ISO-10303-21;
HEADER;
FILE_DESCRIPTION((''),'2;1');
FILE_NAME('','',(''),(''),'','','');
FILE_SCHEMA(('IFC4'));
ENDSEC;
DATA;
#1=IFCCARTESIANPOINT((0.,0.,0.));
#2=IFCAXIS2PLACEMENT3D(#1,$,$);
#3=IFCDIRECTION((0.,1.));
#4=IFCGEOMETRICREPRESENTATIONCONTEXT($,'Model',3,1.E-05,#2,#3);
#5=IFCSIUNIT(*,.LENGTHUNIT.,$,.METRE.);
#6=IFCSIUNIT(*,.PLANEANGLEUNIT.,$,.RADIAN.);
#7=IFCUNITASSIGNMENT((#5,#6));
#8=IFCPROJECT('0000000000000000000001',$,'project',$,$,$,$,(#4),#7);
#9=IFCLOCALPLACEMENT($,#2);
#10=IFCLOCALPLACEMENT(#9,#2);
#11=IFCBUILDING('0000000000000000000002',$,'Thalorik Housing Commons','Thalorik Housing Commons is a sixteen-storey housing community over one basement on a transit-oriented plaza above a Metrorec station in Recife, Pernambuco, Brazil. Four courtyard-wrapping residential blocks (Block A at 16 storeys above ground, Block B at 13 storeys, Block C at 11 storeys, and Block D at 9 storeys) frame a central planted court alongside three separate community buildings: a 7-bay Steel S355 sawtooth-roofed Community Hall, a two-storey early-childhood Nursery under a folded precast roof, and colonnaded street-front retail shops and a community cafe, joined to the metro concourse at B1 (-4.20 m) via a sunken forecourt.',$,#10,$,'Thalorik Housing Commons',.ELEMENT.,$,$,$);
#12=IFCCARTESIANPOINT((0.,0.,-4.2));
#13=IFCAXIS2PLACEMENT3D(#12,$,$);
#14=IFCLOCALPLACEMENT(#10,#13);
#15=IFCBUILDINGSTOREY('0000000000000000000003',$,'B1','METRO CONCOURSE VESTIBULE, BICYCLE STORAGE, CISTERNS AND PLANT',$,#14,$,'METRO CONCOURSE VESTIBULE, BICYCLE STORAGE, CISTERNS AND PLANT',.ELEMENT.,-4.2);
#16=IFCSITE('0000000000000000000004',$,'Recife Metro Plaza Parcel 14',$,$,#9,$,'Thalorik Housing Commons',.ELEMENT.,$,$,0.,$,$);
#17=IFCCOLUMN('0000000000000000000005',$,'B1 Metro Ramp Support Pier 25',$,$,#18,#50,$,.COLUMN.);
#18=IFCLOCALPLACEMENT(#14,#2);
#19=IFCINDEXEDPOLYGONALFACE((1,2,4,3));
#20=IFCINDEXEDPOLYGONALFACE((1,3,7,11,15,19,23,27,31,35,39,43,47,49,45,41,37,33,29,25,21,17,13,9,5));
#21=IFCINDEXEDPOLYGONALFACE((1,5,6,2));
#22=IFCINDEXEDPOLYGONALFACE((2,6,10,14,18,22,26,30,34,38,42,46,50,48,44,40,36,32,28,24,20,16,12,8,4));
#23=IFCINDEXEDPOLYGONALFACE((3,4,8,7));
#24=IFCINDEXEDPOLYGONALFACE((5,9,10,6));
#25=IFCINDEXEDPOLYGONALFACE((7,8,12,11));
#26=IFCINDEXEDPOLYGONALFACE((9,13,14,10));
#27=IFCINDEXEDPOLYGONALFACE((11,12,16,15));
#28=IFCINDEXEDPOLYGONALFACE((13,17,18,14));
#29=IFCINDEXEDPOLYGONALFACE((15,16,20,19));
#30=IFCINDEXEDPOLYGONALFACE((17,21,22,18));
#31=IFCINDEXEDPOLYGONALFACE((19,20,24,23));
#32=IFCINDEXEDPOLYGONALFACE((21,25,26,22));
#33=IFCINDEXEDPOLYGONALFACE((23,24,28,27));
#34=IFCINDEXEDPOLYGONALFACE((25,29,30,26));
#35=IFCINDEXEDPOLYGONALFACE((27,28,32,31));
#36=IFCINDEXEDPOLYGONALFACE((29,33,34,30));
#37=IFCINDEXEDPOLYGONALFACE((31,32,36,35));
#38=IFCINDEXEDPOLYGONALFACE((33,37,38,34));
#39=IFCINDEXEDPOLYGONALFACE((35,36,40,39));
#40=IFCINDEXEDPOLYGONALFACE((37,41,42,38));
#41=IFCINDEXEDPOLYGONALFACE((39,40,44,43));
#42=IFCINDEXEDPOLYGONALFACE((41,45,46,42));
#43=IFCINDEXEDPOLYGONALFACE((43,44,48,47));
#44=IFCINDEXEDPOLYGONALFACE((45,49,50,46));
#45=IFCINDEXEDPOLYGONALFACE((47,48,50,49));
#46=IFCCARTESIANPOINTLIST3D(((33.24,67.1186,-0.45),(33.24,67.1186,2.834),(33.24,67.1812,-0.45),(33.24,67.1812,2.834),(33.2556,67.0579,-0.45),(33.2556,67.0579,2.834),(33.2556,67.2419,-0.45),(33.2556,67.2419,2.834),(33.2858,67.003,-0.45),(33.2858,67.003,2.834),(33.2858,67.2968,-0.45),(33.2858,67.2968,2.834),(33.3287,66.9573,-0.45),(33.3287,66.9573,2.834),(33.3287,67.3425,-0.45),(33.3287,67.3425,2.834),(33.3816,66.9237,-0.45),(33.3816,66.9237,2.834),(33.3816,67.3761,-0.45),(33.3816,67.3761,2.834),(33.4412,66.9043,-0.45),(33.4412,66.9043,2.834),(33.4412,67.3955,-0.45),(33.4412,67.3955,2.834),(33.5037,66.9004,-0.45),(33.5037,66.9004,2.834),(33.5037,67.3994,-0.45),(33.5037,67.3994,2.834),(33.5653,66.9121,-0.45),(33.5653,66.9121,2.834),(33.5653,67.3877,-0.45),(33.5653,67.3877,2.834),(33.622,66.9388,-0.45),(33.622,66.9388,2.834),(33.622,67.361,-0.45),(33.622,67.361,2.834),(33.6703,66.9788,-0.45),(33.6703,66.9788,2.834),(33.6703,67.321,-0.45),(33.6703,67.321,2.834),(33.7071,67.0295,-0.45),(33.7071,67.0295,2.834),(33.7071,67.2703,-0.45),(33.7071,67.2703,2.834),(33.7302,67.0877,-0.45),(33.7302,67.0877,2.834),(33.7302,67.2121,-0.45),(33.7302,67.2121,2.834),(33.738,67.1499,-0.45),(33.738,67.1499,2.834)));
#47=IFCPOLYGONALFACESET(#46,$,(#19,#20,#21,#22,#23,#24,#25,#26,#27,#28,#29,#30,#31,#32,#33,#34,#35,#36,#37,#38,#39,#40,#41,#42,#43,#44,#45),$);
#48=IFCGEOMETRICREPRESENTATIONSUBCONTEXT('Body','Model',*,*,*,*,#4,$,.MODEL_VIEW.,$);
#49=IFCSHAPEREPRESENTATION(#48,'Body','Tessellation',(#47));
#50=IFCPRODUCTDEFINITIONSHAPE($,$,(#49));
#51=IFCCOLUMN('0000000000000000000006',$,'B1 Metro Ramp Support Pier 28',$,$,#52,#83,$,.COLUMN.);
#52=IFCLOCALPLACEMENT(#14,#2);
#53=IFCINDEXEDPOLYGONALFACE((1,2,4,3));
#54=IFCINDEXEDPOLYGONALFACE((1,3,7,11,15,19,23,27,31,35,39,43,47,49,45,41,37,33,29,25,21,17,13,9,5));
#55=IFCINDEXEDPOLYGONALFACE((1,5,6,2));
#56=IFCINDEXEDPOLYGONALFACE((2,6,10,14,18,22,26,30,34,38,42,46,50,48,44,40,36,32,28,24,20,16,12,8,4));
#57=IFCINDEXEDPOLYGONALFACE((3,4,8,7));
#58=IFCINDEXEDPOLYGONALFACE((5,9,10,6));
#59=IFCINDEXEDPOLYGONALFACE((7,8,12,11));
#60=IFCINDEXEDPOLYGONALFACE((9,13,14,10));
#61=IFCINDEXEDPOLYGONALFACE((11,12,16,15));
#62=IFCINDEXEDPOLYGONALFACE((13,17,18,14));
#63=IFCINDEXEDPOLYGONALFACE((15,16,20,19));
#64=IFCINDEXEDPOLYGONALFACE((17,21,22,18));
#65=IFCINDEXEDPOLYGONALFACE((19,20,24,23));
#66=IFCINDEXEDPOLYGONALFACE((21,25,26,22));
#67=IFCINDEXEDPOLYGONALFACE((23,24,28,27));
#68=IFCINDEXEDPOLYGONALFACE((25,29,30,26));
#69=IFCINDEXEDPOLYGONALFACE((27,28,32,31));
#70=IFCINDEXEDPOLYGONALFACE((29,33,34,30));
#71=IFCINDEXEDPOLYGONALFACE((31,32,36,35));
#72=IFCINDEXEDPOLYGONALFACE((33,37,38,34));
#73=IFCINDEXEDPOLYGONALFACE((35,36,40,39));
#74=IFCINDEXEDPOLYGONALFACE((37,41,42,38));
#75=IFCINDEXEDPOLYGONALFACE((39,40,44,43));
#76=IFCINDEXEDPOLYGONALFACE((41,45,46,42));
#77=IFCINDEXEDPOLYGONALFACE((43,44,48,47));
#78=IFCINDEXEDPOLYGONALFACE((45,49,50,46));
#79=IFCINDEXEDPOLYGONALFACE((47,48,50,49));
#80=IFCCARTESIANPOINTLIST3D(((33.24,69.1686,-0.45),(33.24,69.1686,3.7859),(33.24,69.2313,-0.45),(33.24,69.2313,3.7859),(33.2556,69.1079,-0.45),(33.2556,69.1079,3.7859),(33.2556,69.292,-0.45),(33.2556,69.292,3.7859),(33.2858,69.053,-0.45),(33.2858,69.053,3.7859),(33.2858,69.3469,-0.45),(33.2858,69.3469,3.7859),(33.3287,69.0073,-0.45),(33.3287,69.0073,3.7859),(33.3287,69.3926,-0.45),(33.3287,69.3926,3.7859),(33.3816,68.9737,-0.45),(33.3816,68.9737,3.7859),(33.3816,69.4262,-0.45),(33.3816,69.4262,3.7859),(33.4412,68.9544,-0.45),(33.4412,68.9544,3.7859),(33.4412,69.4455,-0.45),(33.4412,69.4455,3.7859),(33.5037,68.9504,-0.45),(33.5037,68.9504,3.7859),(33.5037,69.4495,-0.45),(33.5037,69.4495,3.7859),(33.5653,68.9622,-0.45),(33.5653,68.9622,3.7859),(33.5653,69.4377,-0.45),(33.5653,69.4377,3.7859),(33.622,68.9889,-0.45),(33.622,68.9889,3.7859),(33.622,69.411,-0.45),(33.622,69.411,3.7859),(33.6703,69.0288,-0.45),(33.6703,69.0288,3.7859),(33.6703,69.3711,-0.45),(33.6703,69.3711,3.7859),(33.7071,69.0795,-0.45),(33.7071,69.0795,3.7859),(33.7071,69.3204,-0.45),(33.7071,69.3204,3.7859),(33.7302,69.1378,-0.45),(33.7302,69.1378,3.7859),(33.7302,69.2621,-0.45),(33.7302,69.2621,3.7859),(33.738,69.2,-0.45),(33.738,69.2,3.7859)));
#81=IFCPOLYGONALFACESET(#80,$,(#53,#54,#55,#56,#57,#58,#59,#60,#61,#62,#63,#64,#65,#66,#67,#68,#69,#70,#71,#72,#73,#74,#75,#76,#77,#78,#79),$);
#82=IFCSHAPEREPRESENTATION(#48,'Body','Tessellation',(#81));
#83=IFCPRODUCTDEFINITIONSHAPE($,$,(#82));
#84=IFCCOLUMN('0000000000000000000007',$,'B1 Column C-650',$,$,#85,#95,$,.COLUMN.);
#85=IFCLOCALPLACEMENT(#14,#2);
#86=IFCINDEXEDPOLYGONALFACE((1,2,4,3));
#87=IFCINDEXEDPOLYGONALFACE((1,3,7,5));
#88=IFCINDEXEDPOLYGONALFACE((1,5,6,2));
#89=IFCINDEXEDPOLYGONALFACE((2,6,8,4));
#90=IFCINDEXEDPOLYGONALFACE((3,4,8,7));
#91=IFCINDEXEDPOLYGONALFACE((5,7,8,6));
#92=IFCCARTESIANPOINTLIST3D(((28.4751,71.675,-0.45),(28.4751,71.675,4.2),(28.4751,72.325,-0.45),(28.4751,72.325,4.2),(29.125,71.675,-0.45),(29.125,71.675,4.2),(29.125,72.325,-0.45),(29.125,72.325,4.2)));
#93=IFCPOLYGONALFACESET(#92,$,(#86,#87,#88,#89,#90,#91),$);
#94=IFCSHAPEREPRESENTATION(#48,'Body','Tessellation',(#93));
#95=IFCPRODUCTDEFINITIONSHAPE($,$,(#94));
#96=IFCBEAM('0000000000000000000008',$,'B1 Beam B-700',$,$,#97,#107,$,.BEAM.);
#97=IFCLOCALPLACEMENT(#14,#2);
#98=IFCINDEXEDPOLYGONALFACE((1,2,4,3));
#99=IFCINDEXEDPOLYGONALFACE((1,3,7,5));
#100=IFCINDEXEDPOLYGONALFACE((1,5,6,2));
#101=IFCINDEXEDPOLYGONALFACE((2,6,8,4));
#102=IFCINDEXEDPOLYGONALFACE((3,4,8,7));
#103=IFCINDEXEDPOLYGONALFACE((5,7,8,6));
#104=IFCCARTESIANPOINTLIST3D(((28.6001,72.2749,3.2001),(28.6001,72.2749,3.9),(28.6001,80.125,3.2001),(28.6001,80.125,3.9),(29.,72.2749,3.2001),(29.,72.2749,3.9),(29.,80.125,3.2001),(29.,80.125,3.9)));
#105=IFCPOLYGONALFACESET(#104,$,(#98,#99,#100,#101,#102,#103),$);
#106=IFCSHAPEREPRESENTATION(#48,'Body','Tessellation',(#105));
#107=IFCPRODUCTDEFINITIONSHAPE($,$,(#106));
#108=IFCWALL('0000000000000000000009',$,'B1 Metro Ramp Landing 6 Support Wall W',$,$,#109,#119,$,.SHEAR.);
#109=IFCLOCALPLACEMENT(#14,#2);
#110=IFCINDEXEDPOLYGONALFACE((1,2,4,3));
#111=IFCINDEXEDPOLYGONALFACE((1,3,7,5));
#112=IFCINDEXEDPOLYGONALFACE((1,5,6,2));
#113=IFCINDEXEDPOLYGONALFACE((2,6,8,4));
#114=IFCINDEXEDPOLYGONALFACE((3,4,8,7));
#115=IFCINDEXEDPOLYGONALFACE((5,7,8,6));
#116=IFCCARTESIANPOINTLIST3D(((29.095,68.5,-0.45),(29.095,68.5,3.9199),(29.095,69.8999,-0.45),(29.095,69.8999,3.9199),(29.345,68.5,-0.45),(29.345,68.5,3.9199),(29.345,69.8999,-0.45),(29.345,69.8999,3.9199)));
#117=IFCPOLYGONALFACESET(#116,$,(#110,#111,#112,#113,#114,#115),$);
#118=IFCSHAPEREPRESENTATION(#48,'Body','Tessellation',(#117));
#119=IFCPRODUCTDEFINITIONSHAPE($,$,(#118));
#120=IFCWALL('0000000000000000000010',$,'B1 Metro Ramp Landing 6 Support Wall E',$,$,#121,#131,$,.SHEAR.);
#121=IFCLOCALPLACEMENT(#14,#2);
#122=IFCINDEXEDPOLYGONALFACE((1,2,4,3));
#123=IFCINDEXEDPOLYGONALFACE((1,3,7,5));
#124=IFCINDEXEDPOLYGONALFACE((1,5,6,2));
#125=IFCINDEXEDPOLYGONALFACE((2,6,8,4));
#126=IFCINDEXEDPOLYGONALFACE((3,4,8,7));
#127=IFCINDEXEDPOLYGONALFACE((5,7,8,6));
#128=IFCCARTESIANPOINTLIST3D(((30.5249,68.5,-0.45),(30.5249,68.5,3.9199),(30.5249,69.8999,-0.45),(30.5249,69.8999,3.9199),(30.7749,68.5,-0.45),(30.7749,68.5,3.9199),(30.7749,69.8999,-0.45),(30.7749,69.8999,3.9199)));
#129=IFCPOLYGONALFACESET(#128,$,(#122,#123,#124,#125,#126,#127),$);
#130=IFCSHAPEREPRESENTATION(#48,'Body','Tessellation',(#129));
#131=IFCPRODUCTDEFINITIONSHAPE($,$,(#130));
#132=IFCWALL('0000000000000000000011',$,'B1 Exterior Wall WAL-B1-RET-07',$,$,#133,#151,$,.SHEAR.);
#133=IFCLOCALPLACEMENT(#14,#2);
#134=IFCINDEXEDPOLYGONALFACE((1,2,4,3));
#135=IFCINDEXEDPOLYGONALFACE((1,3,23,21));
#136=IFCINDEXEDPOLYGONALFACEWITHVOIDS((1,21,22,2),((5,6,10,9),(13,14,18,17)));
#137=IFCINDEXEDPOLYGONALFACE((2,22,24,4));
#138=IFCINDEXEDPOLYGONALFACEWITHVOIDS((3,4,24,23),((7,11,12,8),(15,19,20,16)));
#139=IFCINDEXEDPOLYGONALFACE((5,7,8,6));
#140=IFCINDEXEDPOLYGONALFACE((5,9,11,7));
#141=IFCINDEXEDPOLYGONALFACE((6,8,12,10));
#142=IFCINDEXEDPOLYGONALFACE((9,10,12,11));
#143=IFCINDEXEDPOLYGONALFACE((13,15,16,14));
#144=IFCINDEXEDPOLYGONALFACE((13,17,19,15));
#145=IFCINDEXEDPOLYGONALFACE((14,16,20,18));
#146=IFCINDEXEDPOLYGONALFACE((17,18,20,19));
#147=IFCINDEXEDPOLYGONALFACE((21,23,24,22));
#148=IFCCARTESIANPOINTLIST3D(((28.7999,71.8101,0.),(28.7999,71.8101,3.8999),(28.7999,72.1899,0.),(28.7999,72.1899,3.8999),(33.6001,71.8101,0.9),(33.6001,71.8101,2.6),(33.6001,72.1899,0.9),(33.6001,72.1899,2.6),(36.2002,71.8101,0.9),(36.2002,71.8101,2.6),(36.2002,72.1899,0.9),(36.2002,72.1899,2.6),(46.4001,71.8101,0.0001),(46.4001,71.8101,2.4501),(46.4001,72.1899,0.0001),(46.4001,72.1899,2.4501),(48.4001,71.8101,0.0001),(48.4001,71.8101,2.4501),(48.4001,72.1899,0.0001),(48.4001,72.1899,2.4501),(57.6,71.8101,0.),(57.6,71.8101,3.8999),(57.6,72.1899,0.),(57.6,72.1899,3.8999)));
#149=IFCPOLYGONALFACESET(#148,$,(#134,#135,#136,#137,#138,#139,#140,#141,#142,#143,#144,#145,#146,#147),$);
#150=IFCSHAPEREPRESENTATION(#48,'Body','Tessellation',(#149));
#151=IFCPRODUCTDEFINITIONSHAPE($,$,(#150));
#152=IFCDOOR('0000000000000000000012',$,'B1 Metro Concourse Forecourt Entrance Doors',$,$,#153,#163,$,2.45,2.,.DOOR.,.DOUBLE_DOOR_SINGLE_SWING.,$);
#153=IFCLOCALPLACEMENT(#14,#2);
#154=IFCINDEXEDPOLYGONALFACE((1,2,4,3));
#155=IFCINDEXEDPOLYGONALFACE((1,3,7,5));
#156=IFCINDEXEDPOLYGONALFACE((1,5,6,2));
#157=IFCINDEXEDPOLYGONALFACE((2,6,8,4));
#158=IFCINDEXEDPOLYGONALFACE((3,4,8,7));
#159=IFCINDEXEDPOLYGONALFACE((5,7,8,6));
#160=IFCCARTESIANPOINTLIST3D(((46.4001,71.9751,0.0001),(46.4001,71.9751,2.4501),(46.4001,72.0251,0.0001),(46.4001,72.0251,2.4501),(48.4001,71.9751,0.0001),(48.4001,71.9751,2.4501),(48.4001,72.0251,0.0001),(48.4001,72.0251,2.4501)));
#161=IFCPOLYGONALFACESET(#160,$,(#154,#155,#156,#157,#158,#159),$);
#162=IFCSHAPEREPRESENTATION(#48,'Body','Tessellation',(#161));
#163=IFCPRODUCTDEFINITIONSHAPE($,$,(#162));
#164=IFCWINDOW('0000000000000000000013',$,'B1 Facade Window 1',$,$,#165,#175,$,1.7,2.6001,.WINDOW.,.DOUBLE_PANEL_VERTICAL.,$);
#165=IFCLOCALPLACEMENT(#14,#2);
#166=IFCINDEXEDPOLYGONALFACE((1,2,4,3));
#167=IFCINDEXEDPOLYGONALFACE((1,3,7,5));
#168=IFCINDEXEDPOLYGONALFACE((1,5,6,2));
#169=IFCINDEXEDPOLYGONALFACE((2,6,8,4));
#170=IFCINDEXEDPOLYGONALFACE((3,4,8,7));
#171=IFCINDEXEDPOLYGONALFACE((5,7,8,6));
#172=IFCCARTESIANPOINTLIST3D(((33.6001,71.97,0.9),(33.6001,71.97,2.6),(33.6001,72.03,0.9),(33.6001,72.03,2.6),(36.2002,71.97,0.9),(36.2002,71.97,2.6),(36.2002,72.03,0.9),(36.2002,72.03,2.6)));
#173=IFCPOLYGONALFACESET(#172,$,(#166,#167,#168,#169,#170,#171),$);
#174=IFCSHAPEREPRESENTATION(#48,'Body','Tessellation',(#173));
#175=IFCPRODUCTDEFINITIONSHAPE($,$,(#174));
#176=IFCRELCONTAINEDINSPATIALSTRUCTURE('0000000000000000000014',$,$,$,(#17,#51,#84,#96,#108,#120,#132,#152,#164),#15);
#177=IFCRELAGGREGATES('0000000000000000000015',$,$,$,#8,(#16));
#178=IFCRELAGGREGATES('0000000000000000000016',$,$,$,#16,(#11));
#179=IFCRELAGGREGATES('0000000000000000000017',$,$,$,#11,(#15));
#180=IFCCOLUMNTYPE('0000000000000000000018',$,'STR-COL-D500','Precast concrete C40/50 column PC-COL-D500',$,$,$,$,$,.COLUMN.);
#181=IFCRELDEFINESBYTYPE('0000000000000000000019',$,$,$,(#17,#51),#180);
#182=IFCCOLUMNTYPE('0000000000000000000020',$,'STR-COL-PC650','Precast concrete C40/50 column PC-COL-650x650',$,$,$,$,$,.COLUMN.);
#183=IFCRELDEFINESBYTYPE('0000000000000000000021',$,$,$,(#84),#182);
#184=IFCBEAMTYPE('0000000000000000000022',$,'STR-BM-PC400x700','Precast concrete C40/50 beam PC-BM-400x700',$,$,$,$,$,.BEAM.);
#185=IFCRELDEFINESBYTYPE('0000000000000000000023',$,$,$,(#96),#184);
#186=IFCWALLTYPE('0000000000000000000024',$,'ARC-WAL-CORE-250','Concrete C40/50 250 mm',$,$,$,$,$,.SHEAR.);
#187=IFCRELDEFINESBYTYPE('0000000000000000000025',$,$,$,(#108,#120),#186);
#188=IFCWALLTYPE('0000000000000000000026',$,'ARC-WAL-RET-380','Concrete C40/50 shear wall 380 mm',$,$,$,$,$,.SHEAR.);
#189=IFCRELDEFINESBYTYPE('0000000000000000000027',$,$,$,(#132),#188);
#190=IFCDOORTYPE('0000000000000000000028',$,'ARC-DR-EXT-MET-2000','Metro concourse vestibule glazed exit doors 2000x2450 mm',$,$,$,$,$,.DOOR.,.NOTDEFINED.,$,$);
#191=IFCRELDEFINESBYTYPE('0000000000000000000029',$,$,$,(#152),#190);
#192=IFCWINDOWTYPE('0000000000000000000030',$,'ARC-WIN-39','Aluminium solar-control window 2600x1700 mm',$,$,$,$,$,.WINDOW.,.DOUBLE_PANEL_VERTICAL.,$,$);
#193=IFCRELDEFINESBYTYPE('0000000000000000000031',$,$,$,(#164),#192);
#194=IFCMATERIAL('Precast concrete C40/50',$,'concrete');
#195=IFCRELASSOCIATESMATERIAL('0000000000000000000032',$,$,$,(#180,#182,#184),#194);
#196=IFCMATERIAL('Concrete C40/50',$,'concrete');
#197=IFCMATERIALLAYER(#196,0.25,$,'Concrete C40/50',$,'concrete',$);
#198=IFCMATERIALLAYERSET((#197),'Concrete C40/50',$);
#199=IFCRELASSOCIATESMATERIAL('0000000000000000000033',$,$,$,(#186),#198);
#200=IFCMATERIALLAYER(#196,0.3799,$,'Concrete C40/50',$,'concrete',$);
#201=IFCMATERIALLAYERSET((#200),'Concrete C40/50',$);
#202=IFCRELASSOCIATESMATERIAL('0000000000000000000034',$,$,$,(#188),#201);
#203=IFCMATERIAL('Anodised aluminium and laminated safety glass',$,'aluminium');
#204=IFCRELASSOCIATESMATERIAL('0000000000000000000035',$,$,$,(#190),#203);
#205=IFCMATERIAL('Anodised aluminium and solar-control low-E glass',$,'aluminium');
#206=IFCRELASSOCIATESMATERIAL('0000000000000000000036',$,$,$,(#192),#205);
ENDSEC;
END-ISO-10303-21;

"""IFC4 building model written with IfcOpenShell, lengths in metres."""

from ifc_helpers import new_model, si_unit, direction, frame, frame_2d, origin, origin_2d, place, context, subcontext, project, spatial, rectangle, circle, extrude, material, layer, layer_set, material_profile, profile_set, type_object, element, fill, save


model = new_model("IFC4")

# Units and contexts
model_context = context("Model", 3, precision=1e-05, world=origin(), true_north=direction((0.0, 1.0)))
body_context = subcontext(model_context, "Body", "Model", "MODEL_VIEW")
ifc_project = project(units=[si_unit("LENGTHUNIT", "METRE"), si_unit("PLANEANGLEUNIT", "RADIAN")], contexts=[model_context])

# Site, building, storey
site_placement = place(None, origin())
site = spatial("IfcSite", under=ifc_project, at=site_placement, Name="Recife Metro Plaza Parcel 14", LongName="Thalorik Housing Commons", CompositionType="ELEMENT", RefElevation=0.0)
building_placement = place(site_placement, origin())
building = spatial("IfcBuilding", under=site, at=building_placement, Name="Thalorik Housing Commons", Description="Thalorik Housing Commons is a sixteen-storey housing community over one basement on a transit-oriented plaza above a Metrorec station in Recife, Pernambuco, Brazil. Four courtyard-wrapping residential blocks (Block A at 16 storeys above ground, Block B at 13 storeys, Block C at 11 storeys, and Block D at 9 storeys) frame a central planted court alongside three separate community buildings: a 7-bay Steel S355 sawtooth-roofed Community Hall, a two-storey early-childhood Nursery under a folded precast roof, and colonnaded street-front retail shops and a community cafe, joined to the metro concourse at B1 (-4.20 m) via a sunken forecourt.", LongName="Thalorik Housing Commons", CompositionType="ELEMENT")
storey_placement = place(building_placement, frame((0.0, 0.0, -4.2)))
storey = spatial("IfcBuildingStorey", under=building, at=storey_placement, Name="B1", Description="METRO CONCOURSE VESTIBULE, BICYCLE STORAGE, CISTERNS AND PLANT", LongName="METRO CONCOURSE VESTIBULE, BICYCLE STORAGE, CISTERNS AND PLANT", CompositionType="ELEMENT", Elevation=-4.2)

# Shared definitions
ifc_material_1 = material(Name="Concrete C40/50", Category="concrete")

# Columns
ifc_material_2 = material(Name="Precast concrete C40/50", Category="concrete")
ifc_material_profile_1 = material_profile(ifc_material_2, circle(Radius=0.25, at=origin_2d()), Name="PC D500", Category="concrete")
ifc_profile_set_1 = profile_set([ifc_material_profile_1], Name="Precast concrete C40/50")
column_type_1 = type_object("IfcColumnType", Name="STR-COL-D500", Description="Precast concrete C40/50 column PC-COL-D500", PredefinedType="COLUMN", material=ifc_profile_set_1)
column_1_placement = place(storey_placement, frame((33.488, 67.1499, -0.45), z_axis=(0.0, 0.0, 1.0), x_axis=(1.0, 0.0, 0.0)))
element("IfcColumn", 1, at=column_1_placement, inside=storey, type_object=column_type_1, Name="B1 Metro Ramp Support Pier 25", PredefinedType="COLUMN", context=body_context, shape_type="SweptSolid", body=[
    extrude(circle(Radius=0.25, at=origin_2d()), origin(), (0.0, 0.0, 1.0), 3.2839),
])
column_2_placement = place(storey_placement, frame((33.488, 69.2, -0.45), z_axis=(0.0, 0.0, 1.0), x_axis=(1.0, 0.0, 0.0)))
element("IfcColumn", 2, at=column_2_placement, inside=storey, type_object=column_type_1, Name="B1 Metro Ramp Support Pier 28", PredefinedType="COLUMN", context=body_context, shape_type="SweptSolid", body=[
    extrude(circle(Radius=0.25, at=origin_2d()), origin(), (0.0, 0.0, 1.0), 4.2358),
])
ifc_material_profile_2 = material_profile(ifc_material_2, rectangle(XDim=0.6499, YDim=0.6499, at=origin_2d()), Name="PC 650x650", Category="concrete")
ifc_profile_set_2 = profile_set([ifc_material_profile_2], Name="Precast concrete C40/50")
column_type_2 = type_object("IfcColumnType", Name="STR-COL-PC650", Description="Precast concrete C40/50 column PC-COL-650x650", PredefinedType="COLUMN", material=ifc_profile_set_2)
column_3_placement = place(storey_placement, frame((28.8, 72.0, -0.45), z_axis=(0.0, 0.0, 1.0), x_axis=(1.0, 0.0, 0.0)))
element("IfcColumn", 3, at=column_3_placement, inside=storey, type_object=column_type_2, Name="B1 Column C-650", PredefinedType="COLUMN", context=body_context, shape_type="SweptSolid", body=[
    extrude(rectangle(XDim=0.6499, YDim=0.6499, at=origin_2d()), origin(), (0.0, 0.0, 1.0), 4.6499),
])

# Beam
ifc_material_profile_3 = material_profile(ifc_material_2, rectangle(XDim=0.3999, YDim=0.7, at=origin_2d()), Name="PC 400x700", Category="concrete")
ifc_profile_set_3 = profile_set([ifc_material_profile_3], Name="Precast concrete C40/50")
beam_type = type_object("IfcBeamType", Name="STR-BM-PC400x700", Description="Precast concrete C40/50 beam PC-BM-400x700", PredefinedType="BEAM", material=ifc_profile_set_3)
beam_placement = place(storey_placement, frame((28.8, 72.2749, 3.55), z_axis=(0.0, 1.0, 0.0), x_axis=(-1.0, 0.0, 0.0)))
element("IfcBeam", 4, at=beam_placement, inside=storey, type_object=beam_type, Name="B1 Beam B-700", PredefinedType="BEAM", context=body_context, shape_type="SweptSolid", body=[
    extrude(rectangle(XDim=0.3999, YDim=0.7, at=origin_2d()), origin(), (0.0, 0.0, 1.0), 7.8501),
])

# Walls
ifc_layer_1 = layer(ifc_material_1, 0.25, Name="Concrete C40/50", Category="concrete")
ifc_layer_set_1 = layer_set([ifc_layer_1], Name="Concrete C40/50")
wall_type_1 = type_object("IfcWallType", Name="ARC-WAL-CORE-250", Description="Concrete C40/50 250 mm", PredefinedType="SHEAR", material=ifc_layer_set_1)
for number, where, z_axis, x_axis, name in (
    (5, (29.22, 68.5, -0.45), (0.0, 0.0, 1.0), (0.0, 1.0, 0.0), "B1 Metro Ramp Landing 6 Support Wall W"),
    (6, (30.6499, 68.5, -0.45), (0.0, 0.0, 1.0), (0.0, 1.0, 0.0), "B1 Metro Ramp Landing 6 Support Wall E"),
):
    element("IfcWall", number, at=place(storey_placement, frame(where, z_axis=z_axis, x_axis=x_axis)), inside=storey, type_object=wall_type_1, Name=name, PredefinedType="SHEAR", context=body_context, shape_type="SweptSolid", body=[
        extrude(rectangle(XDim=1.3999, YDim=0.25, at=frame_2d((0.7, 0.0))), origin(), (0.0, 0.0, 1.0), 4.3699),
    ])

# Wall, openings, door, window
ifc_layer_2 = layer(ifc_material_1, 0.3799, Name="Concrete C40/50", Category="concrete")
ifc_layer_set_2 = layer_set([ifc_layer_2], Name="Concrete C40/50")
wall_type_2 = type_object("IfcWallType", Name="ARC-WAL-RET-380", Description="Concrete C40/50 shear wall 380 mm", PredefinedType="SHEAR", material=ifc_layer_set_2)
wall_placement = place(storey_placement, frame((28.8, 72.0, 0.0), z_axis=(0.0, 0.0, 1.0), x_axis=(1.0, 0.0, 0.0)))
wall = element("IfcWall", 7, at=wall_placement, inside=storey, type_object=wall_type_2, Name="B1 Exterior Wall WAL-B1-RET-07", PredefinedType="SHEAR", context=body_context, shape_type="SweptSolid", body=[
    extrude(rectangle(XDim=28.8, YDim=0.3799, at=frame_2d((14.3999, 0.0))), origin(), (0.0, 0.0, 1.0), 3.8999),
])
opening_1_placement = place(wall_placement, frame((17.6001, 0.0, 0.0)))
opening_1 = element("IfcOpeningElement", 8, at=opening_1_placement, cuts=wall, PredefinedType="OPENING", context=body_context, shape_type="SweptSolid", body=[
    extrude(rectangle(XDim=2.0, YDim=2.45, at=frame_2d((1.0, 1.2251))), frame((0.0, 0.2, 0.0), z_axis=(0.0, -1.0, 0.0), x_axis=(1.0, 0.0, 0.0)), (0.0, 0.0, 1.0), 0.3999),
])
opening_2_placement = place(wall_placement, frame((4.8, 0.0, 0.8999)))
opening_2 = element("IfcOpeningElement", 9, at=opening_2_placement, cuts=wall, PredefinedType="OPENING", context=body_context, shape_type="SweptSolid", body=[
    extrude(rectangle(XDim=2.6001, YDim=1.7, at=frame_2d((1.3, 0.8501))), frame((0.0, 0.2, 0.0), z_axis=(0.0, -1.0, 0.0), x_axis=(1.0, 0.0, 0.0)), (0.0, 0.0, 1.0), 0.3999),
])
ifc_material_3 = material(Name="Anodised aluminium and laminated safety glass", Category="aluminium")
door_type = type_object("IfcDoorType", Name="ARC-DR-EXT-MET-2000", Description="Metro concourse vestibule glazed exit doors 2000x2450 mm", OperationType="NOTDEFINED", PredefinedType="DOOR", material=ifc_material_3)
door_placement = place(opening_1_placement, frame((2.0, 0.0, 0.0), z_axis=(0.0, 0.0, 1.0), x_axis=(-1.0, 0.0, 0.0)))
door = element("IfcDoor", 10, at=door_placement, inside=storey, type_object=door_type, Name="B1 Metro Concourse Forecourt Entrance Doors", OperationType="DOUBLE_DOOR_SINGLE_SWING", OverallHeight=2.45, OverallWidth=2.0, PredefinedType="DOOR", context=body_context, shape_type="SweptSolid", body=[
    extrude(rectangle(XDim=2.0, YDim=2.45, at=frame_2d((1.0, 1.2251))), frame((0.0, 0.0249, 0.0), z_axis=(0.0, -1.0, 0.0), x_axis=(1.0, 0.0, 0.0)), (0.0, 0.0, 1.0), 0.05),
])
fill(opening_1, door)
ifc_material_4 = material(Name="Anodised aluminium and solar-control low-E glass", Category="aluminium")
window_type = type_object("IfcWindowType", Name="ARC-WIN-39", Description="Aluminium solar-control window 2600x1700 mm", PartitioningType="DOUBLE_PANEL_VERTICAL", PredefinedType="WINDOW", material=ifc_material_4)
window_placement = place(opening_2_placement, origin())
window = element("IfcWindow", 11, at=window_placement, inside=storey, type_object=window_type, Name="B1 Facade Window 1", OverallHeight=1.7, OverallWidth=2.6001, PartitioningType="DOUBLE_PANEL_VERTICAL", PredefinedType="WINDOW", context=body_context, shape_type="SweptSolid", body=[
    extrude(rectangle(XDim=2.6001, YDim=1.7, at=frame_2d((1.3, 0.8501))), frame((0.0, 0.03, 0.0), z_axis=(0.0, -1.0, 0.0), x_axis=(1.0, 0.0, 0.0)), (0.0, 0.0, 1.0), 0.0601),
])
fill(opening_2, window)

save(model, "model.ifc")
